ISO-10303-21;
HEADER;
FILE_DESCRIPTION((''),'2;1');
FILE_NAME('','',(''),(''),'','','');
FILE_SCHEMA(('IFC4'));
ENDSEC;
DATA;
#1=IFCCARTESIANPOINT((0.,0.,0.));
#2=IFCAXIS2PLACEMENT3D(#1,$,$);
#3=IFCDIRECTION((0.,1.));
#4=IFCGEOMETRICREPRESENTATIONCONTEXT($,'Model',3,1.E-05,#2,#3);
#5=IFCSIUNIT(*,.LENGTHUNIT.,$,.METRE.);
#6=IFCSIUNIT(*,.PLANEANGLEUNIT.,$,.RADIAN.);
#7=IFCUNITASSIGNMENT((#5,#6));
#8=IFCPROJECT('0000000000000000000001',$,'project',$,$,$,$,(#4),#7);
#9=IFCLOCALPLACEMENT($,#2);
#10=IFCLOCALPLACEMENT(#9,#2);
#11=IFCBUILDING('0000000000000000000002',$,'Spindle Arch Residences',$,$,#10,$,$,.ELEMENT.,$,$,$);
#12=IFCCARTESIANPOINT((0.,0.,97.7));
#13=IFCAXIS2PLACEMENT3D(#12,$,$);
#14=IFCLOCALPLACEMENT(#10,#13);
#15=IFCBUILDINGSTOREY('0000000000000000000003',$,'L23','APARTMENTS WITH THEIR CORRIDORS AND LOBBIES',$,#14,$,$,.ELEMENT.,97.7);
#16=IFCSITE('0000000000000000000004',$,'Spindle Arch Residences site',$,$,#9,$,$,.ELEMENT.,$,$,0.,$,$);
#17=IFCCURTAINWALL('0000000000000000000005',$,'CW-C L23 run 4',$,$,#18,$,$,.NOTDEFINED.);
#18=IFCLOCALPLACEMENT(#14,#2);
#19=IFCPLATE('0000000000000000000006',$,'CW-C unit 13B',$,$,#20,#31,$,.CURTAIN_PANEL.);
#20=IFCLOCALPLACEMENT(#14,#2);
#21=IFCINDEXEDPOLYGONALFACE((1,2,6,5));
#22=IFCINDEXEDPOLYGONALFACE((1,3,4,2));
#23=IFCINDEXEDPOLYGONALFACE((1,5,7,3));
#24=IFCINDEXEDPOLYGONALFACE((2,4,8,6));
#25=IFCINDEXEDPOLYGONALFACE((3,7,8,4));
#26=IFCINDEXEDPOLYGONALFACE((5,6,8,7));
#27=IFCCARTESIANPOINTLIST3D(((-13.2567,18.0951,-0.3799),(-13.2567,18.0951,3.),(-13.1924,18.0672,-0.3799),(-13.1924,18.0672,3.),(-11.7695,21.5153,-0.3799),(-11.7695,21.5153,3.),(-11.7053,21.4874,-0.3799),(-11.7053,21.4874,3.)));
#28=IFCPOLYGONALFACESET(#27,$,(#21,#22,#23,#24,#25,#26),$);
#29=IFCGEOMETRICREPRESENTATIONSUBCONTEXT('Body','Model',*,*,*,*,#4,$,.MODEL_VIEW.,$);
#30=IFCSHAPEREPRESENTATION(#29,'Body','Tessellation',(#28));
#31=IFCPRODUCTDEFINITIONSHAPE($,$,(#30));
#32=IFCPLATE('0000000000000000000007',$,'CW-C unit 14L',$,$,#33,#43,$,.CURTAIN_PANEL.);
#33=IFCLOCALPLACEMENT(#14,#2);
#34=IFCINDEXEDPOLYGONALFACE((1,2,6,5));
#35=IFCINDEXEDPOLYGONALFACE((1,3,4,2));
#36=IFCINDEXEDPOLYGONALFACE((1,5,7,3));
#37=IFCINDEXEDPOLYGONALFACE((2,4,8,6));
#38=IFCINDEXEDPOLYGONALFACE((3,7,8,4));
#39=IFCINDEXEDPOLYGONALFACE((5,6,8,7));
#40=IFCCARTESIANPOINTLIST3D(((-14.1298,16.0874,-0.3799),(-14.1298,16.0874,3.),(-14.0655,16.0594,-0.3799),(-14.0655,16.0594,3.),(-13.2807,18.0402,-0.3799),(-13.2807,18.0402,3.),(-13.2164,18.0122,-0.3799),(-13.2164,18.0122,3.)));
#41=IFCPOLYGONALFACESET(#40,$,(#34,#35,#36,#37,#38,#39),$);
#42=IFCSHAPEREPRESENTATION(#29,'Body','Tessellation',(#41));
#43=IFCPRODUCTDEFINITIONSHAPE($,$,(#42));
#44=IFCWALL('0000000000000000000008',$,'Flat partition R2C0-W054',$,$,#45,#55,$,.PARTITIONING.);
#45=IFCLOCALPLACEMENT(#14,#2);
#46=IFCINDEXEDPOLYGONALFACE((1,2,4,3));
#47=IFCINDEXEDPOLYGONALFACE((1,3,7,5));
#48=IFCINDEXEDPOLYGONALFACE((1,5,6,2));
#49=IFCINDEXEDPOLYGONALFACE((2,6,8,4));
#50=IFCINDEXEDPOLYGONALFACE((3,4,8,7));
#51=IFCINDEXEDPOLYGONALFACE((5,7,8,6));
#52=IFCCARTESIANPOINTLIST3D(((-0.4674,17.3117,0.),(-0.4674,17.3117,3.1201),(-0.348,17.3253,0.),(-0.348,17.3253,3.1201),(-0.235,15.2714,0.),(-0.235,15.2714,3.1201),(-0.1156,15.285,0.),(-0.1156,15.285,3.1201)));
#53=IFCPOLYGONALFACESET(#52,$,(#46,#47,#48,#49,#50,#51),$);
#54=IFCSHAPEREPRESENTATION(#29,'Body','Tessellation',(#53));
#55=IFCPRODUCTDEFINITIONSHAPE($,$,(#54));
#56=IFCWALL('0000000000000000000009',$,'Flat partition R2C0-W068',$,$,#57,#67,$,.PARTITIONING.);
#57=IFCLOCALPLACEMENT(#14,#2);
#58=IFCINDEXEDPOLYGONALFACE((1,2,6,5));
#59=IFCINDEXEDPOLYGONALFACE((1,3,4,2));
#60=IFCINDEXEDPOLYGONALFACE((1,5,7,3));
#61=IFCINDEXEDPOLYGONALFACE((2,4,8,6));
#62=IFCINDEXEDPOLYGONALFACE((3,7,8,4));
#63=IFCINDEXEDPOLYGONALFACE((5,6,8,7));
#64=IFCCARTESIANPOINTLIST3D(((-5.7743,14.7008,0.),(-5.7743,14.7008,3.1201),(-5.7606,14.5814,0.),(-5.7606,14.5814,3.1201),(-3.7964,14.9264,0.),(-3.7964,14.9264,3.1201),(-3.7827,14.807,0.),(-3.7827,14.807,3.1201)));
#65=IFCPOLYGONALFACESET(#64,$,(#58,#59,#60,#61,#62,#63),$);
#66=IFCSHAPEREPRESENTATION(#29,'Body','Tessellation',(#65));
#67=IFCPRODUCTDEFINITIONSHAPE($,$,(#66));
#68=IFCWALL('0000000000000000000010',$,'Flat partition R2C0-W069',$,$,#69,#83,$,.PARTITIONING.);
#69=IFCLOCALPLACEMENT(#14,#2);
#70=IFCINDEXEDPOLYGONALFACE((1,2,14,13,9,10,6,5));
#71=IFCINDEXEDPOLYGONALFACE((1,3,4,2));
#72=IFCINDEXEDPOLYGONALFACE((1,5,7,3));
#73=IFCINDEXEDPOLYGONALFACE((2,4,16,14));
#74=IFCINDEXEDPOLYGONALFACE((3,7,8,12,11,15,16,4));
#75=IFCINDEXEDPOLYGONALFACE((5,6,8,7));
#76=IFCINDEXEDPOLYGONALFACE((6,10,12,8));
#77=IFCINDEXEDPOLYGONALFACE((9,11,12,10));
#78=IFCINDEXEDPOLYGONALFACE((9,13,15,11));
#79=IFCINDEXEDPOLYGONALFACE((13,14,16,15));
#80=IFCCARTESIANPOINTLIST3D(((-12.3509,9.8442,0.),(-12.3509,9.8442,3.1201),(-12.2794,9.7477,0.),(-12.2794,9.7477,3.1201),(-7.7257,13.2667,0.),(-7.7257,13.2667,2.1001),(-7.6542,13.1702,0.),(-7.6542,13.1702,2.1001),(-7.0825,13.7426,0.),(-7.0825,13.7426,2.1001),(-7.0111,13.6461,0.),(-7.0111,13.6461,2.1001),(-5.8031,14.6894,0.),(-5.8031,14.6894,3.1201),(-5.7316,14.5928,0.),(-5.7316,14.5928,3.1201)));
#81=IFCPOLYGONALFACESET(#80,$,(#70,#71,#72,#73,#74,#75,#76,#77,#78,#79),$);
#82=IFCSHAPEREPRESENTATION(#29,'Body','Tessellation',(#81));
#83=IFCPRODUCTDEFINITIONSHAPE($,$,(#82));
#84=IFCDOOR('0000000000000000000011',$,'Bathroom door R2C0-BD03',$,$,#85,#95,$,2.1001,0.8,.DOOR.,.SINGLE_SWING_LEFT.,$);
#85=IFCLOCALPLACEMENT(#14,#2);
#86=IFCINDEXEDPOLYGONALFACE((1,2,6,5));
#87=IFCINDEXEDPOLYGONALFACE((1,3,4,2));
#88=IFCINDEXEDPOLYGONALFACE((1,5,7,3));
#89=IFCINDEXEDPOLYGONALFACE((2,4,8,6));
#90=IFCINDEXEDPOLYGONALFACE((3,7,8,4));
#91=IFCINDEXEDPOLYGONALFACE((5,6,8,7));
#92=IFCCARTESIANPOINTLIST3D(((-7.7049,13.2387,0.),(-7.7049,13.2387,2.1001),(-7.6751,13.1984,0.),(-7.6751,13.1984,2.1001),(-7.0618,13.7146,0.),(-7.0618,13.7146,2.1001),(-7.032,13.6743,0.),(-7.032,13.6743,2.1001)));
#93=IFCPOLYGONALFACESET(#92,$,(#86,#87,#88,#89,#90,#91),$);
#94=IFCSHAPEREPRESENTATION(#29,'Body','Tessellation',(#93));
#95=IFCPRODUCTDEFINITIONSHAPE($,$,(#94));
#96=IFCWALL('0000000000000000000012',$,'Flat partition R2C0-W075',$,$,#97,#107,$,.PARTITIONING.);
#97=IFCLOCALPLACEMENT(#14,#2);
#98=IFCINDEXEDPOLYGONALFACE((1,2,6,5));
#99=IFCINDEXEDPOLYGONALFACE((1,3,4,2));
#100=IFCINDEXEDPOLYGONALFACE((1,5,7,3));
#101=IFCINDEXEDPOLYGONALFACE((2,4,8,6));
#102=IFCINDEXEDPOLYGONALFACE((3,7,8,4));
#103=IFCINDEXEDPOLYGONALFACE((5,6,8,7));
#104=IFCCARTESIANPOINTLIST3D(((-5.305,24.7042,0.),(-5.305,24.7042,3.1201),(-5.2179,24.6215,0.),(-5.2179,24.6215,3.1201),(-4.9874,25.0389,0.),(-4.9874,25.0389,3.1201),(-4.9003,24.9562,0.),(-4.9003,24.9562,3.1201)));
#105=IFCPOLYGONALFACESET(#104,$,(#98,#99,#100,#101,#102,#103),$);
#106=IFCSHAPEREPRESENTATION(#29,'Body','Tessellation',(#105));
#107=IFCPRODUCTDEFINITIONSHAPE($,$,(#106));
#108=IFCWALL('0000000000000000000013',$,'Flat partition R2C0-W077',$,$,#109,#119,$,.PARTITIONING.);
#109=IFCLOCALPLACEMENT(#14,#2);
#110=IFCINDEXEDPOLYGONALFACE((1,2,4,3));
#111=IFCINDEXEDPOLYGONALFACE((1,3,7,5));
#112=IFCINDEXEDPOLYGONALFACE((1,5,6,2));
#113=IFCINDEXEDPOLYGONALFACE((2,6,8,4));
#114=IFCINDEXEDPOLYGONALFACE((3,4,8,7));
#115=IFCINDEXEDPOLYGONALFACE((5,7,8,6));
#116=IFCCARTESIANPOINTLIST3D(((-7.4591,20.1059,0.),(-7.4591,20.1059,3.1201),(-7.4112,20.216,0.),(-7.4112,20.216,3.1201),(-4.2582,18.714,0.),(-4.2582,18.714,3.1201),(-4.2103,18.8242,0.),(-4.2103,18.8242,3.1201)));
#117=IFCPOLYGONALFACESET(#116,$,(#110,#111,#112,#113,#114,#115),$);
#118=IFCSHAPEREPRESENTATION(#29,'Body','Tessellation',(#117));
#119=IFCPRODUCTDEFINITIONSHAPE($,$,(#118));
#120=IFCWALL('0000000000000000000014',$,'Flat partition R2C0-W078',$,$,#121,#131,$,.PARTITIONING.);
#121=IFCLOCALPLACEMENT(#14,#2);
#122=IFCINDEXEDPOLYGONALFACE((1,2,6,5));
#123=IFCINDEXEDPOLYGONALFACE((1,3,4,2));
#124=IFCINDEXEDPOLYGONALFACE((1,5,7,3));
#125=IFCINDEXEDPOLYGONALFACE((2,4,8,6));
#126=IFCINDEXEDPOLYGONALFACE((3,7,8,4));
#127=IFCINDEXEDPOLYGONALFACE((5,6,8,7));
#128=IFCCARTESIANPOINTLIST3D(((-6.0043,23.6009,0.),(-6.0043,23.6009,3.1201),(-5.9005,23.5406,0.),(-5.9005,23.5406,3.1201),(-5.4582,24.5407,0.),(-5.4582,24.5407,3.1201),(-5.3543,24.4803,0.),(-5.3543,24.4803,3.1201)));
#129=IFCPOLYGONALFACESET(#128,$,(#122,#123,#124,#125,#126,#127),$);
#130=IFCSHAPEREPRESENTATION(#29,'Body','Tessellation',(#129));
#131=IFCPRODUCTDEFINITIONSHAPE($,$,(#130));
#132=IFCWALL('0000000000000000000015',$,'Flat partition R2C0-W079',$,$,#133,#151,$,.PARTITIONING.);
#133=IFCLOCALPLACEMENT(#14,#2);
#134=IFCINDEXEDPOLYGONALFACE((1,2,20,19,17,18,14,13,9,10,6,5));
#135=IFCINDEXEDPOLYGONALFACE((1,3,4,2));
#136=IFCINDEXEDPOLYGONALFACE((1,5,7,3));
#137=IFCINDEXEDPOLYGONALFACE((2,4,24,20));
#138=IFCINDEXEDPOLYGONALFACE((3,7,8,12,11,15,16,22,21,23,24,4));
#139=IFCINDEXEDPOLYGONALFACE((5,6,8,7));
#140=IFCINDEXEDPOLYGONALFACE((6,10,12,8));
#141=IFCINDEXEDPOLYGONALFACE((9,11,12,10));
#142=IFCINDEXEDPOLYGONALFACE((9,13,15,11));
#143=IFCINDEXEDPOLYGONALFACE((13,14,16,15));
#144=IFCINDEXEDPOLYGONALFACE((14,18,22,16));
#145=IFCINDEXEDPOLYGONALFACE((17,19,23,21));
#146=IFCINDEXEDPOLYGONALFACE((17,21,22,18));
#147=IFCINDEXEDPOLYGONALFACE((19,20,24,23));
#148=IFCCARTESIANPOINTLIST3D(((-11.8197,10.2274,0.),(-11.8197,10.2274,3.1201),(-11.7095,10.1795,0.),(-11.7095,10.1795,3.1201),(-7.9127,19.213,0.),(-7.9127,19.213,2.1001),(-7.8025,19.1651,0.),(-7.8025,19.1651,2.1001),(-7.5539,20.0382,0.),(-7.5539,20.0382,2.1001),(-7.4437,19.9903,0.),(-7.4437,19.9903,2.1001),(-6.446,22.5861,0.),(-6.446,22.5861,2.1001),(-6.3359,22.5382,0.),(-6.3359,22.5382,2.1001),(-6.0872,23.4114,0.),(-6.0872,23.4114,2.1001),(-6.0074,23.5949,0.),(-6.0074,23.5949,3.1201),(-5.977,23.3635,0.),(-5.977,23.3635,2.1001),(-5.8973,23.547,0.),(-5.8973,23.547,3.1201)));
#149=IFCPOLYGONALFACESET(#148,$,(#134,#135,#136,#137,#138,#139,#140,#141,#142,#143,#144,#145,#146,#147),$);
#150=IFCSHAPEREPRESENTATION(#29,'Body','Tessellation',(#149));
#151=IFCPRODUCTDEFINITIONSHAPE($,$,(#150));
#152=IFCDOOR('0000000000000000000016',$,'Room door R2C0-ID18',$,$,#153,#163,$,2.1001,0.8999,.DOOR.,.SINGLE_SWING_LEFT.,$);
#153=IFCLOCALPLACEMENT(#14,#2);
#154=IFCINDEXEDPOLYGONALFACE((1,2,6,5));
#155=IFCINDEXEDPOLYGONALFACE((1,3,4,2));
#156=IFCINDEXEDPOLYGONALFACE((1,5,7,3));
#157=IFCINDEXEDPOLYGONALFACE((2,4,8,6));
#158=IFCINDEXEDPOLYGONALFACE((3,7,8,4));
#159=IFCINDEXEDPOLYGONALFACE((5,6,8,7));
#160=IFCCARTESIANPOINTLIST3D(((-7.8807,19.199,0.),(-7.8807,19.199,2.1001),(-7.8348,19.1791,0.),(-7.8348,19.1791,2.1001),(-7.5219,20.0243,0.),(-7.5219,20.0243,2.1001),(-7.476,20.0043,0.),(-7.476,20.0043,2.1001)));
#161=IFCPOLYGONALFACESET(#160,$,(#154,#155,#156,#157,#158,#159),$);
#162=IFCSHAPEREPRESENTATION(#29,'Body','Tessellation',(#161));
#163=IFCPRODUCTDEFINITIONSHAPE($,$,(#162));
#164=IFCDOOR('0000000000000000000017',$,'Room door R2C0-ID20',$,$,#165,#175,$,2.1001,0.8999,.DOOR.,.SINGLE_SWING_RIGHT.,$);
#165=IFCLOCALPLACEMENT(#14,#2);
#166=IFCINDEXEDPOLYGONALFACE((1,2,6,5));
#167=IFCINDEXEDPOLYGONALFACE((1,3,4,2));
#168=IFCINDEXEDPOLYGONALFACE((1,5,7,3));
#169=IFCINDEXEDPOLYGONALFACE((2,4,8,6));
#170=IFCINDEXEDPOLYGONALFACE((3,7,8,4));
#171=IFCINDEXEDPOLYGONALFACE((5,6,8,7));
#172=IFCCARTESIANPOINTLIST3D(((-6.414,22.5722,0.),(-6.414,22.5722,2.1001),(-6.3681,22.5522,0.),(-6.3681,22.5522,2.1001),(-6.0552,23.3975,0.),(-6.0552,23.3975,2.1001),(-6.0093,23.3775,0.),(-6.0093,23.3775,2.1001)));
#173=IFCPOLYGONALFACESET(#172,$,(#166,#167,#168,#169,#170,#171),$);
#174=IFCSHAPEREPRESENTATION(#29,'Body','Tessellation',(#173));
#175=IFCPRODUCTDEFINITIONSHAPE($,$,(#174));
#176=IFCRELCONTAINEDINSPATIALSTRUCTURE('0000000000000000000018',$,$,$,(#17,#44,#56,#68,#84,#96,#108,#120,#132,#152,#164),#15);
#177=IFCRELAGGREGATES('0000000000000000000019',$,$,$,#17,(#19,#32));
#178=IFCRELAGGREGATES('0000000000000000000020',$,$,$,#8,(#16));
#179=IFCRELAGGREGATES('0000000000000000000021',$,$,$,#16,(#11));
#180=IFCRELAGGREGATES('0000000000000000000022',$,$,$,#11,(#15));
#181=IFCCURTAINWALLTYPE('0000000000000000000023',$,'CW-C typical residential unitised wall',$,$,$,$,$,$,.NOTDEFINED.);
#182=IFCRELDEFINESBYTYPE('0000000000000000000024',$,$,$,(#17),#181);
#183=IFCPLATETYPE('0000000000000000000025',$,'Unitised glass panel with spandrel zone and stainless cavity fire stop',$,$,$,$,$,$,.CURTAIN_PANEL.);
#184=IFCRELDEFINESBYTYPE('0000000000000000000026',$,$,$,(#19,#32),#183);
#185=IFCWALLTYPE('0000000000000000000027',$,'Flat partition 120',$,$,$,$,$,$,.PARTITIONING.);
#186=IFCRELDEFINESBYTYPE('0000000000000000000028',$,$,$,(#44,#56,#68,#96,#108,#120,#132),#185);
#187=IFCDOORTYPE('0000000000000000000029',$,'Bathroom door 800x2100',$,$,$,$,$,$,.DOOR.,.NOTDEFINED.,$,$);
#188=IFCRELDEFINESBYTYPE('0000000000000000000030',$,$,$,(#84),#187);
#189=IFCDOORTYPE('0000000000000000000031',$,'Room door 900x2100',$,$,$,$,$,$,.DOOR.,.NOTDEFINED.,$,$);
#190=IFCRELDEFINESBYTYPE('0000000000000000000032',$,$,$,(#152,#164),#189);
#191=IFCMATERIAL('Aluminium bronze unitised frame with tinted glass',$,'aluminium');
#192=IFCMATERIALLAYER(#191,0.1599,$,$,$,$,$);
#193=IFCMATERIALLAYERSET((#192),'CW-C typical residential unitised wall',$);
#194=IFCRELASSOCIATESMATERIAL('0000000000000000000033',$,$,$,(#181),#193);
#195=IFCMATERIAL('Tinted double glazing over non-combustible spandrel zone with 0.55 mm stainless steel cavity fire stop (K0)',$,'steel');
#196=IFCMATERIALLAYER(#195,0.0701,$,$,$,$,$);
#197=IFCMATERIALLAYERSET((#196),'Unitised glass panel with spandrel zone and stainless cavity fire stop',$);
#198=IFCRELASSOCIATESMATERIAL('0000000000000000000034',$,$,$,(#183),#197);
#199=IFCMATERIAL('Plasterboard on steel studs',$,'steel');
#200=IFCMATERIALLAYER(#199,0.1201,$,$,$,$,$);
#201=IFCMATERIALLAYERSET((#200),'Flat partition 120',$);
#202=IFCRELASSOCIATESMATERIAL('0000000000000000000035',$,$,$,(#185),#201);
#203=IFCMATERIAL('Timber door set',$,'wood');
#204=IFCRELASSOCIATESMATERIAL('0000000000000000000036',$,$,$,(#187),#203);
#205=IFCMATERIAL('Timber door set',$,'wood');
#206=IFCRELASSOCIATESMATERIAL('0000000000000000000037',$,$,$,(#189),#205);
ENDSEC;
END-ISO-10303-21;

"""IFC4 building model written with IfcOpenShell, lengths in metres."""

from ifc_helpers import new_model, si_unit, direction, frame, frame_2d, origin, origin_2d, place, context, subcontext, project, spatial, rectangle, extrude, material, layer, layer_set, type_object, element, fill, aggregate, save


model = new_model("IFC4")

# Units and contexts
model_context = context("Model", 3, precision=1e-05, world=origin(), true_north=direction((0.0, 1.0)))
body_context = subcontext(model_context, "Body", "Model", "MODEL_VIEW")
ifc_project = project(units=[si_unit("LENGTHUNIT", "METRE"), si_unit("PLANEANGLEUNIT", "RADIAN")], contexts=[model_context])

# Site, building, storey
site_placement = place(None, origin())
site = spatial("IfcSite", under=ifc_project, at=site_placement, Name="Spindle Arch Residences site", CompositionType="ELEMENT", RefElevation=0.0)
building_placement = place(site_placement, origin())
building = spatial("IfcBuilding", under=site, at=building_placement, Name="Spindle Arch Residences", CompositionType="ELEMENT")
storey_placement = place(building_placement, frame((0.0, 0.0, 97.7)))
storey = spatial("IfcBuildingStorey", under=building, at=storey_placement, Name="L23", Description="APARTMENTS WITH THEIR CORRIDORS AND LOBBIES", CompositionType="ELEMENT", Elevation=97.7)

# Curtain wall
ifc_material_1 = material(Name="Aluminium bronze unitised frame with tinted glass", Category="aluminium")
ifc_layer_1 = layer(ifc_material_1, 0.1599)
ifc_layer_set_1 = layer_set([ifc_layer_1], Name="CW-C typical residential unitised wall")
curtain_wall_type_1 = type_object("IfcCurtainWallType", Name="CW-C typical residential unitised wall", PredefinedType="NOTDEFINED", material=ifc_layer_set_1)
curtain_wall_1_placement = place(storey_placement, origin())
curtain_wall_1 = element("IfcCurtainWall", 1, at=curtain_wall_1_placement, inside=storey, type_object=curtain_wall_type_1, Name="CW-C L23 run 4", PredefinedType="NOTDEFINED")

# Shared definitions
ifc_material_2 = material(Name="Tinted double glazing over non-combustible spandrel zone with 0.55 mm stainless steel cavity fire stop (K0)", Category="steel")
ifc_layer_2 = layer(ifc_material_2, 0.0701)
ifc_layer_set_2 = layer_set([ifc_layer_2], Name="Unitised glass panel with spandrel zone and stainless cavity fire stop")
plate_type = type_object("IfcPlateType", Name="Unitised glass panel with spandrel zone and stainless cavity fire stop", PredefinedType="CURTAIN_PANEL", material=ifc_layer_set_2)

# Plates
plate_1_placement = place(storey_placement, frame((-12.481, 19.7913, -0.3799), z_axis=(0.0, 0.0, 1.0), x_axis=(-0.398749, -0.91706, 0.0)))
plate_1 = element("IfcPlate", 2, at=plate_1_placement, type_object=plate_type, Name="CW-C unit 13B", PredefinedType="CURTAIN_PANEL", context=body_context, shape_type="SweptSolid", body=[
    extrude(rectangle(XDim=3.7295, YDim=0.0701, at=origin_2d()), origin(), (0.0, 0.0, 1.0), 3.3799),
])
plate_2_placement = place(storey_placement, frame((-13.6731, 17.0498, -0.3799), z_axis=(0.0, 0.0, 1.0), x_axis=(-0.398749, -0.91706, 0.0)))
plate_2 = element("IfcPlate", 3, at=plate_2_placement, type_object=plate_type, Name="CW-C unit 14L", PredefinedType="CURTAIN_PANEL", context=body_context, shape_type="SweptSolid", body=[
    extrude(rectangle(XDim=2.1294, YDim=0.0701, at=origin_2d()), origin(), (0.0, 0.0, 1.0), 3.3799),
])
aggregate(curtain_wall_1, [plate_1, plate_2])

# Walls
ifc_material_3 = material(Name="Plasterboard on steel studs", Category="steel")
ifc_layer_3 = layer(ifc_material_3, 0.1201)
ifc_layer_set_3 = layer_set([ifc_layer_3], Name="Flat partition 120")
wall_type_1 = type_object("IfcWallType", Name="Flat partition 120", PredefinedType="PARTITIONING", material=ifc_layer_set_3)
wall_1_placement = place(storey_placement, frame((-0.4077, 17.3186, 0.0), z_axis=(0.0, 0.0, 1.0), x_axis=(0.113184, -0.993574, 0.0)))
element("IfcWall", 4, at=wall_1_placement, inside=storey, type_object=wall_type_1, Name="Flat partition R2C0-W054", PredefinedType="PARTITIONING", context=body_context, shape_type="SweptSolid", body=[
    extrude(rectangle(XDim=2.0535, YDim=0.1201, at=frame_2d((1.0269, 0.0))), origin(), (0.0, 0.0, 1.0), 3.1201),
])
wall_2_placement = place(storey_placement, frame((-3.7896, 14.8667, 0.0), z_axis=(0.0, 0.0, 1.0), x_axis=(-0.993558, -0.113325, 0.0)))
element("IfcWall", 5, at=wall_2_placement, inside=storey, type_object=wall_type_1, Name="Flat partition R2C0-W068", PredefinedType="PARTITIONING", context=body_context, shape_type="SweptSolid", body=[
    extrude(rectangle(XDim=1.9907, YDim=0.1201, at=frame_2d((0.9954, 0.0))), origin(), (0.0, 0.0, 1.0), 3.1201),
])

# Wall, opening, door
wall_3_placement = place(storey_placement, frame((-5.7673, 14.6411, 0.0), z_axis=(0.0, 0.0, 1.0), x_axis=(-0.803853, -0.594828, 0.0)))
wall_3 = element("IfcWall", 6, at=wall_3_placement, inside=storey, type_object=wall_type_1, Name="Flat partition R2C0-W069", PredefinedType="PARTITIONING", context=body_context, shape_type="SweptSolid", body=[
    extrude(rectangle(XDim=8.1455, YDim=0.1201, at=frame_2d((4.0728, 0.0))), origin(), (0.0, 0.0, 1.0), 3.1201),
])
opening_1_placement = place(wall_3_placement, frame((1.5918, 0.0, 0.0)))
opening_1 = element("IfcOpeningElement", 7, at=opening_1_placement, cuts=wall_3, PredefinedType="OPENING", context=body_context, shape_type="SweptSolid", body=[
    extrude(rectangle(XDim=0.8, YDim=2.1001, at=frame_2d((0.3999, 1.05))), frame((0.0, 0.0701, 0.0), z_axis=(0.0, -1.0, 0.0), x_axis=(1.0, 0.0, 0.0)), (0.0, 0.0, 1.0), 0.1401),
])
ifc_material_4 = material(Name="Timber door set", Category="wood")
door_type_1 = type_object("IfcDoorType", Name="Bathroom door 800x2100", OperationType="NOTDEFINED", PredefinedType="DOOR", material=ifc_material_4)
door_1_placement = place(opening_1_placement, origin())
door_1 = element("IfcDoor", 8, at=door_1_placement, inside=storey, type_object=door_type_1, Name="Bathroom door R2C0-BD03", OperationType="SINGLE_SWING_LEFT", OverallHeight=2.1001, OverallWidth=0.8, PredefinedType="DOOR", context=body_context, shape_type="SweptSolid", body=[
    extrude(rectangle(XDim=0.8, YDim=2.1001, at=frame_2d((0.3999, 1.05))), frame((0.0, 0.0249, 0.0), z_axis=(0.0, -1.0, 0.0), x_axis=(1.0, 0.0, 0.0)), (0.0, 0.0, 1.0), 0.05),
])
fill(opening_1, door_1)

# Walls
wall_4_placement = place(storey_placement, frame((-5.2615, 24.6628, 0.0), z_axis=(0.0, 0.0, 1.0), x_axis=(0.688346, 0.725382, 0.0)))
element("IfcWall", 9, at=wall_4_placement, inside=storey, type_object=wall_type_1, Name="Flat partition R2C0-W075", PredefinedType="PARTITIONING", context=body_context, shape_type="SweptSolid", body=[
    extrude(rectangle(XDim=0.4614, YDim=0.1201, at=frame_2d((0.2307, 0.0))), origin(), (0.0, 0.0, 1.0), 3.1201),
])
wall_5_placement = place(storey_placement, frame((-7.4351, 20.1609, 0.0), z_axis=(0.0, 0.0, 1.0), x_axis=(0.917056, -0.398759, 0.0)))
element("IfcWall", 10, at=wall_5_placement, inside=storey, type_object=wall_type_1, Name="Flat partition R2C0-W077", PredefinedType="PARTITIONING", context=body_context, shape_type="SweptSolid", body=[
    extrude(rectangle(XDim=3.4905, YDim=0.1201, at=frame_2d((1.7451, 0.0))), origin(), (0.0, 0.0, 1.0), 3.1201),
])
wall_6_placement = place(storey_placement, frame((-5.4062, 24.5105, 0.0), z_axis=(0.0, 0.0, 1.0), x_axis=(-0.502488, -0.864584, 0.0)))
element("IfcWall", 11, at=wall_6_placement, inside=storey, type_object=wall_type_1, Name="Flat partition R2C0-W078", PredefinedType="PARTITIONING", context=body_context, shape_type="SweptSolid", body=[
    extrude(rectangle(XDim=1.0869, YDim=0.1201, at=frame_2d((0.5435, 0.0))), origin(), (0.0, 0.0, 1.0), 3.1201),
])

# Wall, openings, doors
wall_7_placement = place(storey_placement, frame((-5.9524, 23.5708, 0.0), z_axis=(0.0, 0.0, 1.0), x_axis=(-0.398745, -0.917062, 0.0)))
wall_7 = element("IfcWall", 12, at=wall_7_placement, inside=storey, type_object=wall_type_1, Name="Flat partition R2C0-W079", PredefinedType="PARTITIONING", context=body_context, shape_type="SweptSolid", body=[
    extrude(rectangle(XDim=14.5764, YDim=0.1201, at=frame_2d((7.2881, 0.0))), origin(), (0.0, 0.0, 1.0), 3.1201),
])
opening_2_placement = place(wall_7_placement, frame((3.8782, 0.0, 0.0)))
opening_2 = element("IfcOpeningElement", 13, at=opening_2_placement, cuts=wall_7, PredefinedType="OPENING", context=body_context, shape_type="SweptSolid", body=[
    extrude(rectangle(XDim=0.8999, YDim=2.1001, at=frame_2d((0.45, 1.05))), frame((0.0, 0.0701, 0.0), z_axis=(0.0, -1.0, 0.0), x_axis=(1.0, 0.0, 0.0)), (0.0, 0.0, 1.0), 0.1401),
])
opening_3_placement = place(wall_7_placement, frame((0.2, 0.0, 0.0)))
opening_3 = element("IfcOpeningElement", 14, at=opening_3_placement, cuts=wall_7, PredefinedType="OPENING", context=body_context, shape_type="SweptSolid", body=[
    extrude(rectangle(XDim=0.8999, YDim=2.1001, at=frame_2d((0.45, 1.05))), frame((0.0, 0.0701, 0.0), z_axis=(0.0, -1.0, 0.0), x_axis=(1.0, 0.0, 0.0)), (0.0, 0.0, 1.0), 0.1401),
])
ifc_material_5 = material(Name="Timber door set", Category="wood")
door_type_2 = type_object("IfcDoorType", Name="Room door 900x2100", OperationType="NOTDEFINED", PredefinedType="DOOR", material=ifc_material_5)
door_2_placement = place(opening_2_placement, origin())
door_2 = element("IfcDoor", 15, at=door_2_placement, inside=storey, type_object=door_type_2, Name="Room door R2C0-ID18", OperationType="SINGLE_SWING_LEFT", OverallHeight=2.1001, OverallWidth=0.8999, PredefinedType="DOOR", context=body_context, shape_type="SweptSolid", body=[
    extrude(rectangle(XDim=0.8999, YDim=2.1001, at=frame_2d((0.45, 1.05))), frame((0.0, 0.0249, 0.0), z_axis=(0.0, -1.0, 0.0), x_axis=(1.0, 0.0, 0.0)), (0.0, 0.0, 1.0), 0.05),
])
fill(opening_2, door_2)
door_3_placement = place(opening_3_placement, origin())
door_3 = element("IfcDoor", 16, at=door_3_placement, inside=storey, type_object=door_type_2, Name="Room door R2C0-ID20", OperationType="SINGLE_SWING_RIGHT", OverallHeight=2.1001, OverallWidth=0.8999, PredefinedType="DOOR", context=body_context, shape_type="SweptSolid", body=[
    extrude(rectangle(XDim=0.8999, YDim=2.1001, at=frame_2d((0.45, 1.05))), frame((0.0, 0.0249, 0.0), z_axis=(0.0, -1.0, 0.0), x_axis=(1.0, 0.0, 0.0)), (0.0, 0.0, 1.0), 0.05),
])
fill(opening_3, door_3)

save(model, "model.ifc")
